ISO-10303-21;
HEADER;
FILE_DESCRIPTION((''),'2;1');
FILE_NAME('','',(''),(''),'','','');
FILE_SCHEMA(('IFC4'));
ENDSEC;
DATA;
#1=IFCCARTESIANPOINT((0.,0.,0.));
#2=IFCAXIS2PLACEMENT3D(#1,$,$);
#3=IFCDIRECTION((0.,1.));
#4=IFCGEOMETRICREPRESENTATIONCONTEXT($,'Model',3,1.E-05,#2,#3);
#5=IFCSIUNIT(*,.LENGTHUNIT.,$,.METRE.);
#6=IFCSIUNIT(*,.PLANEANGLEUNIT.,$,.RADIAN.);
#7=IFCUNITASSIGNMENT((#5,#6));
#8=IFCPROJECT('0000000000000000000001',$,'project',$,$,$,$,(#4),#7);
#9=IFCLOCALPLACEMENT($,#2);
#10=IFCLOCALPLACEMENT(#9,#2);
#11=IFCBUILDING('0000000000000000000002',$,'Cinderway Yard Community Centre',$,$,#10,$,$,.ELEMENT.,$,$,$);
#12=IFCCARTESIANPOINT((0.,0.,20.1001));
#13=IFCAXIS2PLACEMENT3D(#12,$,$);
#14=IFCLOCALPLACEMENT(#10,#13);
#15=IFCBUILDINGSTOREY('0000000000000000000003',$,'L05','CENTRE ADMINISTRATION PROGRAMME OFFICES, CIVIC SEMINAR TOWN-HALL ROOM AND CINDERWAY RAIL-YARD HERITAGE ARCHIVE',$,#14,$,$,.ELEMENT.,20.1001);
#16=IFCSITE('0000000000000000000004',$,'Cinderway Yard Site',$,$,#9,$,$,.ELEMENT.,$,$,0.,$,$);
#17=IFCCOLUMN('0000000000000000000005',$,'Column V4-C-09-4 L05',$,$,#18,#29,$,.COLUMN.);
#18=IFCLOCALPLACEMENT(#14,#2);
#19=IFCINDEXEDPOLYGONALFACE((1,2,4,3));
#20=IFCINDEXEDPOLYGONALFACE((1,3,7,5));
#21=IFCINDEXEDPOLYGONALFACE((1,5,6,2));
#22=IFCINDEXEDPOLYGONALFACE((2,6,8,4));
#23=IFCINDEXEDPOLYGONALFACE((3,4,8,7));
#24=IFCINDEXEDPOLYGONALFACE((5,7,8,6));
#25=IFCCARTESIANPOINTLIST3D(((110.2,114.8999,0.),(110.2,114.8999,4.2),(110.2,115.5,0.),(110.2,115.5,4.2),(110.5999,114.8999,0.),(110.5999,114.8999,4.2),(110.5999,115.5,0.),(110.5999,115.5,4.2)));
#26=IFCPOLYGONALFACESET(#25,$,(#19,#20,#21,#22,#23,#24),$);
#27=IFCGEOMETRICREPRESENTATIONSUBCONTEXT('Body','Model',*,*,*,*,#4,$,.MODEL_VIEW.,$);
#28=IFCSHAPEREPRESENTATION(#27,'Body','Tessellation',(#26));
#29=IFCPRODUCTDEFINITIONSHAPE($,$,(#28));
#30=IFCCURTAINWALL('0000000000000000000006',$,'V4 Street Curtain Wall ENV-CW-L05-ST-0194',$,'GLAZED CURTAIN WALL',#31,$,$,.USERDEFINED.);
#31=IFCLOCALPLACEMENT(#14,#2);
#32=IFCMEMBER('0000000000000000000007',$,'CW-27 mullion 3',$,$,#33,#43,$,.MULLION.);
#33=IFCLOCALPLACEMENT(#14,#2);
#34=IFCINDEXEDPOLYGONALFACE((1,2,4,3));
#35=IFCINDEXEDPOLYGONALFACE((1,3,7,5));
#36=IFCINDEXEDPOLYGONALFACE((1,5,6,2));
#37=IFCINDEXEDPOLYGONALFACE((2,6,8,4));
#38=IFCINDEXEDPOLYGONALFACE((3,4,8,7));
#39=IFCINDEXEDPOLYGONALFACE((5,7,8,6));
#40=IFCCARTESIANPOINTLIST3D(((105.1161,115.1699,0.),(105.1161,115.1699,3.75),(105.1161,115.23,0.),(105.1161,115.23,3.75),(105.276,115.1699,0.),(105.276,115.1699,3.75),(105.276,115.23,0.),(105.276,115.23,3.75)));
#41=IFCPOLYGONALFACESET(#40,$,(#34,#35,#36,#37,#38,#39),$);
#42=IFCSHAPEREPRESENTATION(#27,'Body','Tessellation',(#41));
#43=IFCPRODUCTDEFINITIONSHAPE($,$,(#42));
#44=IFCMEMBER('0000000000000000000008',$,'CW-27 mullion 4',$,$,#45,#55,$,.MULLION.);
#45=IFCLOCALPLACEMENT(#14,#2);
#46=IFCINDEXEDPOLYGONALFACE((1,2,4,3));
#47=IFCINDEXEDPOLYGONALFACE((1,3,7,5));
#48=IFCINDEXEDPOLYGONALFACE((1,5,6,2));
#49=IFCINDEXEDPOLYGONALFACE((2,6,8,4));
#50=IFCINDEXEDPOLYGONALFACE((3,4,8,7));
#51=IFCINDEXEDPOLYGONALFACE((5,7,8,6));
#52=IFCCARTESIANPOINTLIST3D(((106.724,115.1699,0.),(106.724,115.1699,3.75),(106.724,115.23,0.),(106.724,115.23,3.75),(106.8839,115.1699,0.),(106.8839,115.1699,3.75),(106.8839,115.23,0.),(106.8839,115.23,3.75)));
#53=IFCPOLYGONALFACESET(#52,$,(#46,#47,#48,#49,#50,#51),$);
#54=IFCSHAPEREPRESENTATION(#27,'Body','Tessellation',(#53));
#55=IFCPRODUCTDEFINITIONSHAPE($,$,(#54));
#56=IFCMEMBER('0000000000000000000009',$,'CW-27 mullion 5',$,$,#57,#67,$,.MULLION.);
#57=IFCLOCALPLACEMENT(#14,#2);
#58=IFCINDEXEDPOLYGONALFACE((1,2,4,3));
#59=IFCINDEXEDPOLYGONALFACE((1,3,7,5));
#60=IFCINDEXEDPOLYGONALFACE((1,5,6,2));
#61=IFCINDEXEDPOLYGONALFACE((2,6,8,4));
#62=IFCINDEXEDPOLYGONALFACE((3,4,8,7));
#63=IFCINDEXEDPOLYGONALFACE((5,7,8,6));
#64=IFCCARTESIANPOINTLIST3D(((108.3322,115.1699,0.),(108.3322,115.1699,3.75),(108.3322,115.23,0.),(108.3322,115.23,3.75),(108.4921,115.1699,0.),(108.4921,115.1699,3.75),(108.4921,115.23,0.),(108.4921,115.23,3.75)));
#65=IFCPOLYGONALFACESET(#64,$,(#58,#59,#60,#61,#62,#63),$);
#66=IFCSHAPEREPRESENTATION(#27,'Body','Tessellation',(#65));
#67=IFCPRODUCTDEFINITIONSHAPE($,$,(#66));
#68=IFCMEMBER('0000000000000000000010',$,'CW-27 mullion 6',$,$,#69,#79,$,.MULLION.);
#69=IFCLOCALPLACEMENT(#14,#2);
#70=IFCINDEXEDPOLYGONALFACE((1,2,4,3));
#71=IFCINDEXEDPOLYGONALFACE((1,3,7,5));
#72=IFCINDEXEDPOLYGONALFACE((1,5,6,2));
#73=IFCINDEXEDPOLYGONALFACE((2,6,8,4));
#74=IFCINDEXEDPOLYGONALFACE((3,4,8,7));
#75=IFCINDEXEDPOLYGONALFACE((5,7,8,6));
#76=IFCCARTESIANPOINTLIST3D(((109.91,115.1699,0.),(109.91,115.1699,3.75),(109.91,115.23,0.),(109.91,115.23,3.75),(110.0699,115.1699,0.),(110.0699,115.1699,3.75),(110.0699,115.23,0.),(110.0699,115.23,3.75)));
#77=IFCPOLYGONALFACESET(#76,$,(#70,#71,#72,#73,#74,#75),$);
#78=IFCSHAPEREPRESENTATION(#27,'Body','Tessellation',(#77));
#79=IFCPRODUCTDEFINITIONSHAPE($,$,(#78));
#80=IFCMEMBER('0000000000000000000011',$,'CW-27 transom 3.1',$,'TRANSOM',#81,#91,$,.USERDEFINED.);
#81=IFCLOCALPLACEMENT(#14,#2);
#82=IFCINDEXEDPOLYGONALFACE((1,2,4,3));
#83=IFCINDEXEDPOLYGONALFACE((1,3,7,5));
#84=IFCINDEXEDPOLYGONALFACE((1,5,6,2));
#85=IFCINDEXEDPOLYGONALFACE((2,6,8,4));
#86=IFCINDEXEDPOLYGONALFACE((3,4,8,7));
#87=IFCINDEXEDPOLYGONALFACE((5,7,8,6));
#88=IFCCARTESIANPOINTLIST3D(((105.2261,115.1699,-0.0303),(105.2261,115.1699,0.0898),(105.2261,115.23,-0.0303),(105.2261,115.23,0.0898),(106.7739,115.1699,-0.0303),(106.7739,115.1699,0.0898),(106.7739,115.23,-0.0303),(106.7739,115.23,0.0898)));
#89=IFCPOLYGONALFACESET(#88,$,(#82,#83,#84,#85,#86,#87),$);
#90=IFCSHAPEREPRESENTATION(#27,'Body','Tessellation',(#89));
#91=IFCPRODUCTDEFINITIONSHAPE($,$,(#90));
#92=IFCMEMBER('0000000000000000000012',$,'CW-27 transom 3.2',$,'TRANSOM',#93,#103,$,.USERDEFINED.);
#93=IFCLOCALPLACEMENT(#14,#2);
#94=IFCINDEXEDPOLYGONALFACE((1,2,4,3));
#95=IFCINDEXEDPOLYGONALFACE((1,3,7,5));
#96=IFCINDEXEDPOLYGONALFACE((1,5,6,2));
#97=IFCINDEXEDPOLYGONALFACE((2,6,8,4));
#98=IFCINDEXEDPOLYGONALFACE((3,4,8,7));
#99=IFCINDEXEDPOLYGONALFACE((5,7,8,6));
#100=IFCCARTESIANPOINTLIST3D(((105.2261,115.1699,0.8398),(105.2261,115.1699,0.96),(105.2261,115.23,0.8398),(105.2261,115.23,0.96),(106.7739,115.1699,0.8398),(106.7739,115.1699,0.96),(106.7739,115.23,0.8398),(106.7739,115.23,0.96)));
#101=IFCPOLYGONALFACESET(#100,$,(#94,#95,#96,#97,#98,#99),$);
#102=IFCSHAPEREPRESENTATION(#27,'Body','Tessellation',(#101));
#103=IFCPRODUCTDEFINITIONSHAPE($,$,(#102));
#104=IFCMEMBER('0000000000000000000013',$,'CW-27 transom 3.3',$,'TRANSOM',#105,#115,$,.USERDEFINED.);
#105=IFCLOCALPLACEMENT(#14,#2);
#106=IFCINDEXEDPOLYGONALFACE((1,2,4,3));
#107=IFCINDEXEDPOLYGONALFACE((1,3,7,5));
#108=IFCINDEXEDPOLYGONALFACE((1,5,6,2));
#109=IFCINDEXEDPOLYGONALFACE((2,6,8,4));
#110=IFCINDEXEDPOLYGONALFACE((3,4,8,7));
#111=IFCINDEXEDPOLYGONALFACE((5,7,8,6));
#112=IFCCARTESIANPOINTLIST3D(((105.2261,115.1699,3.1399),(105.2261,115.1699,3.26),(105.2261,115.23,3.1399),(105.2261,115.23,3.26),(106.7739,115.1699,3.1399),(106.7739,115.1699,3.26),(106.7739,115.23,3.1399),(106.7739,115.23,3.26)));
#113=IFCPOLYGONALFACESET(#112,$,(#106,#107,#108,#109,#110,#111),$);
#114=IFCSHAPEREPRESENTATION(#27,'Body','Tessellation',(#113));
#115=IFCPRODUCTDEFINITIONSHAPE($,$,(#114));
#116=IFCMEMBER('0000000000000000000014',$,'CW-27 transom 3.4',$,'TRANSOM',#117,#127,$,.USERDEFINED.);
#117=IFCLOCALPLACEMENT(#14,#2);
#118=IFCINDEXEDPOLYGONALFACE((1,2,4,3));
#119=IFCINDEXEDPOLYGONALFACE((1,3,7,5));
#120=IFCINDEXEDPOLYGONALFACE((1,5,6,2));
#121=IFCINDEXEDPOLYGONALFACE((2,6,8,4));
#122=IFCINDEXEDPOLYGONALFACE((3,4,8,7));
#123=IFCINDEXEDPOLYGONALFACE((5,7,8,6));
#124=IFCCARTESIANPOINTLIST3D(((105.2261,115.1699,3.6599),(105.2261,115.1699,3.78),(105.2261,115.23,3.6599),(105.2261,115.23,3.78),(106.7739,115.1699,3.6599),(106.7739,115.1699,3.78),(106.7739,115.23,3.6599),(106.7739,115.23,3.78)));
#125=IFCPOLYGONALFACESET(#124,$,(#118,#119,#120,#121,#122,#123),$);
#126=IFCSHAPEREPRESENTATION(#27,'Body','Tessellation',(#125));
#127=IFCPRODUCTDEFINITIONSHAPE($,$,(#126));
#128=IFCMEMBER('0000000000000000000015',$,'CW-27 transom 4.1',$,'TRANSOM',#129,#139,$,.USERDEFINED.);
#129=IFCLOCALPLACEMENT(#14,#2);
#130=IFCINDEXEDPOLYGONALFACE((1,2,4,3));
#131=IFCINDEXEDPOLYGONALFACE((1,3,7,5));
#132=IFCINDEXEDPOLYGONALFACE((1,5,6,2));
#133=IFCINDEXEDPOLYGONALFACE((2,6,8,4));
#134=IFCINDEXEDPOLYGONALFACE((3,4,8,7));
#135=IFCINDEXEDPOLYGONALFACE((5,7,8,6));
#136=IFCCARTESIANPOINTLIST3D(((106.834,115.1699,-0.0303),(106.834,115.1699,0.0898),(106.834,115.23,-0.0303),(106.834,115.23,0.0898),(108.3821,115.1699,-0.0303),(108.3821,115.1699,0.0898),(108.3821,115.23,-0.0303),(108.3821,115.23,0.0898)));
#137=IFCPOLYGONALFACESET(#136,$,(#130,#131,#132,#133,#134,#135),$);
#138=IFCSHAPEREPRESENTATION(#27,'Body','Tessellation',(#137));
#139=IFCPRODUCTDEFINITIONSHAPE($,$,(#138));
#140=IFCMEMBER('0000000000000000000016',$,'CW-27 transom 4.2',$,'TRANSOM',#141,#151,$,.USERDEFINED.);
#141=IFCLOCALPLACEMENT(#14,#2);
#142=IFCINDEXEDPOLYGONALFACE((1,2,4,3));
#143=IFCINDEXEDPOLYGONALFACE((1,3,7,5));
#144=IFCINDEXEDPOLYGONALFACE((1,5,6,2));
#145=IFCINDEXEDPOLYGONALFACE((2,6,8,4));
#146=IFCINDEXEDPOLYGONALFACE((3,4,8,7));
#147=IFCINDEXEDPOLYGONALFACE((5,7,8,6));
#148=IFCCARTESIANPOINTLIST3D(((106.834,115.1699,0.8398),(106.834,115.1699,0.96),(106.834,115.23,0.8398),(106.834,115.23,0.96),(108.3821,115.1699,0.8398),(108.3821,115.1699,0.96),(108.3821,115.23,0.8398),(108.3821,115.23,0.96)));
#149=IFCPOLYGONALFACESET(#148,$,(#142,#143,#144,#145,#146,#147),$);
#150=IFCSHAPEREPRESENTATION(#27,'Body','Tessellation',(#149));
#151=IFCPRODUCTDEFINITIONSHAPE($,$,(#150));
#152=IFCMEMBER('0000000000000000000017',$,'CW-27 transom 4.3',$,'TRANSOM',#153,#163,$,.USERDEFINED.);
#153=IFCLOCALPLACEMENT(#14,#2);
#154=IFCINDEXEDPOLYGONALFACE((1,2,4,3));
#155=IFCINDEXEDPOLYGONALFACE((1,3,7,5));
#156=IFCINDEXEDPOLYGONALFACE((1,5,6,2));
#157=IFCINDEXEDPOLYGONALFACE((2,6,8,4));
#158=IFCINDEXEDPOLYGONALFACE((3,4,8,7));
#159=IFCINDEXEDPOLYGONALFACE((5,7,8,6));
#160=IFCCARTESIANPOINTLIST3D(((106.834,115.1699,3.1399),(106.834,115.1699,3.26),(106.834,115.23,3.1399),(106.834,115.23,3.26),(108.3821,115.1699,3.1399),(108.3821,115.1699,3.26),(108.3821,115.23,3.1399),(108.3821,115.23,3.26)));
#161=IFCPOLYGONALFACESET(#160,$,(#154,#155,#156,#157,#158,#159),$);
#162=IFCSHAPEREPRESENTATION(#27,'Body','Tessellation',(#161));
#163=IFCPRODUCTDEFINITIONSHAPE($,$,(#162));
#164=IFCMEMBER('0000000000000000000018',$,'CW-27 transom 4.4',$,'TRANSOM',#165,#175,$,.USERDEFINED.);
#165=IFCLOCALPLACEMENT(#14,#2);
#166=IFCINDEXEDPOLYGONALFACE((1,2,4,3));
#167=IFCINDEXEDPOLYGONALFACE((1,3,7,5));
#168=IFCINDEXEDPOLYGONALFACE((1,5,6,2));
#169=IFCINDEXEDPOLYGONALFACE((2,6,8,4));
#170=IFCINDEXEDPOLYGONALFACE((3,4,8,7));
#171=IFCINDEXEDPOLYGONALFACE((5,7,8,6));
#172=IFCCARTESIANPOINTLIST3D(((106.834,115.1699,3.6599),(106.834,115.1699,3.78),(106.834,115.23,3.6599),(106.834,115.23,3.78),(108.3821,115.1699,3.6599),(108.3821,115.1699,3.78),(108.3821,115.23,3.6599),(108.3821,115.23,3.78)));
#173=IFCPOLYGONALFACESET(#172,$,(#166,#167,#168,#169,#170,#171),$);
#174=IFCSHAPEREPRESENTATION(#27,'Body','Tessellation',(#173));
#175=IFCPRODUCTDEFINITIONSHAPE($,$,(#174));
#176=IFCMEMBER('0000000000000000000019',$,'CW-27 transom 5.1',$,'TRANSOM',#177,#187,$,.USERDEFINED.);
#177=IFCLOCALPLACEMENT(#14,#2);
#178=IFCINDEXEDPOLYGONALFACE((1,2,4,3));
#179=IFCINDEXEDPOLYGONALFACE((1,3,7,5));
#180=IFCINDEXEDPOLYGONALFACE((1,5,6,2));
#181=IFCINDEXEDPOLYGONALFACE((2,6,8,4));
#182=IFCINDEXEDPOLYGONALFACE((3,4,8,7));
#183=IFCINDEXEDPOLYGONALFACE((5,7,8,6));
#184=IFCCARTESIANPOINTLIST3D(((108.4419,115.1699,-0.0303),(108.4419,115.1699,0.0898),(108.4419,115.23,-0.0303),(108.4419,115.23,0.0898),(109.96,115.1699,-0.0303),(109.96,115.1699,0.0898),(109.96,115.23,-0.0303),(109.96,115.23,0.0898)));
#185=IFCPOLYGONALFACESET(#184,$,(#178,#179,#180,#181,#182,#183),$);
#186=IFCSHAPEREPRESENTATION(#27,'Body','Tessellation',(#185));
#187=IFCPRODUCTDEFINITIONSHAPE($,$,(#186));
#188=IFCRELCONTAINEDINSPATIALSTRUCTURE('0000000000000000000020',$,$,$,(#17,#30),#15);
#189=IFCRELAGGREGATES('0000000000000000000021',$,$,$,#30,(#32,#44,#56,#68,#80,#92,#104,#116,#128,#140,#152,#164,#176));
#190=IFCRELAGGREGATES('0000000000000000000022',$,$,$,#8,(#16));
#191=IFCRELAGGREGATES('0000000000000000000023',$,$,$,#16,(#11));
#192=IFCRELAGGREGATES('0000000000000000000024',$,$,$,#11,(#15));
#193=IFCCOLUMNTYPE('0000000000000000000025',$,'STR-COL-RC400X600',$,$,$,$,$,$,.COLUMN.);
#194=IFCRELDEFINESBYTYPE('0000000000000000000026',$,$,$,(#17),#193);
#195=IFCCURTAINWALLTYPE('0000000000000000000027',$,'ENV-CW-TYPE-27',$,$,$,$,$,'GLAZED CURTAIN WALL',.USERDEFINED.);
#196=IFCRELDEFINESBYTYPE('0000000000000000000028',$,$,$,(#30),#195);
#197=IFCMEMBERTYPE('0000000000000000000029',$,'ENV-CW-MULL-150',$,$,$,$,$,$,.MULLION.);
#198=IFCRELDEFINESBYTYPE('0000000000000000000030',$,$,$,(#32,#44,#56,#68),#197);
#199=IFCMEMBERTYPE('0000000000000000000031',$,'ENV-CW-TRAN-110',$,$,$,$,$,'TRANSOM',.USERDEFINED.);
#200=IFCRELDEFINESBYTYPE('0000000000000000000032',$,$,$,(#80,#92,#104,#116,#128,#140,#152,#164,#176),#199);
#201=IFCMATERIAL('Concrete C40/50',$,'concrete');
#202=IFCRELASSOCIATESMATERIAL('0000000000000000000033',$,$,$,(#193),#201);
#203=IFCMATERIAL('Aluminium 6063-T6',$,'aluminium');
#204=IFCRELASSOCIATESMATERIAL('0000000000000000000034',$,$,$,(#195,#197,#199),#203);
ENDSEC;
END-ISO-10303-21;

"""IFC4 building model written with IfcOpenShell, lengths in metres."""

from ifc_helpers import new_model, si_unit, direction, frame, origin, origin_2d, place, context, subcontext, project, spatial, rectangle, extrude, material, material_profile, profile_set, type_object, element, aggregate, save


model = new_model("IFC4")

# Units and contexts
model_context = context("Model", 3, precision=1e-05, world=origin(), true_north=direction((0.0, 1.0)))
body_context = subcontext(model_context, "Body", "Model", "MODEL_VIEW")
ifc_project = project(units=[si_unit("LENGTHUNIT", "METRE"), si_unit("PLANEANGLEUNIT", "RADIAN")], contexts=[model_context])

# Site, building, storey
site_placement = place(None, origin())
site = spatial("IfcSite", under=ifc_project, at=site_placement, Name="Cinderway Yard Site", CompositionType="ELEMENT", RefElevation=0.0)
building_placement = place(site_placement, origin())
building = spatial("IfcBuilding", under=site, at=building_placement, Name="Cinderway Yard Community Centre", CompositionType="ELEMENT")
storey_placement = place(building_placement, frame((0.0, 0.0, 20.1001)))
storey = spatial("IfcBuildingStorey", under=building, at=storey_placement, Name="L05", Description="CENTRE ADMINISTRATION PROGRAMME OFFICES, CIVIC SEMINAR TOWN-HALL ROOM AND CINDERWAY RAIL-YARD HERITAGE ARCHIVE", CompositionType="ELEMENT", Elevation=20.1001)

# Column
ifc_material_1 = material(Name="Concrete C40/50", Category="concrete")
ifc_material_profile_1 = material_profile(ifc_material_1, rectangle(XDim=0.3999, YDim=0.6001, at=origin_2d()), Name="Concrete C40/50")
ifc_profile_set_1 = profile_set([ifc_material_profile_1], Name="Concrete C40/50")
column_type = type_object("IfcColumnType", Name="STR-COL-RC400X600", PredefinedType="COLUMN", material=ifc_profile_set_1)
column_placement = place(storey_placement, frame((110.3999, 115.2, 0.0), z_axis=(0.0, 0.0, 1.0), x_axis=(1.0, 0.0, 0.0)))
element("IfcColumn", 1, at=column_placement, inside=storey, type_object=column_type, Name="Column V4-C-09-4 L05", PredefinedType="COLUMN", context=body_context, shape_type="SweptSolid", body=[
    extrude(rectangle(XDim=0.3999, YDim=0.6001, at=origin_2d()), origin(), (0.0, 0.0, 1.0), 4.2),
])

# Curtain wall, members
ifc_material_2 = material(Name="Aluminium 6063-T6", Category="aluminium")
curtain_wall_type = type_object("IfcCurtainWallType", Name="ENV-CW-TYPE-27", ElementType="GLAZED CURTAIN WALL", PredefinedType="USERDEFINED", material=ifc_material_2)
curtain_wall_placement = place(storey_placement, origin())
curtain_wall = element("IfcCurtainWall", 2, at=curtain_wall_placement, inside=storey, type_object=curtain_wall_type, Name="V4 Street Curtain Wall ENV-CW-L05-ST-0194", ObjectType="GLAZED CURTAIN WALL", PredefinedType="USERDEFINED")
ifc_material_profile_2 = material_profile(ifc_material_2, rectangle(XDim=0.0601, YDim=0.1599, at=origin_2d()), Name="Aluminium 6063-T6")
ifc_profile_set_2 = profile_set([ifc_material_profile_2], Name="Aluminium 6063-T6")
member_type_1 = type_object("IfcMemberType", Name="ENV-CW-MULL-150", PredefinedType="MULLION", material=ifc_profile_set_2)
member_1_placement = place(storey_placement, frame((105.196, 115.2, 0.0), z_axis=(0.0, 0.0, 1.0), x_axis=(0.0, 1.0, 0.0)))
member_1 = element("IfcMember", 3, at=member_1_placement, type_object=member_type_1, Name="CW-27 mullion 3", PredefinedType="MULLION", context=body_context, shape_type="SweptSolid", body=[
    extrude(rectangle(XDim=0.0601, YDim=0.1599, at=origin_2d()), origin(), (0.0, 0.0, 1.0), 3.75),
])
member_2_placement = place(storey_placement, frame((106.804, 115.2, 0.0), z_axis=(0.0, 0.0, 1.0), x_axis=(0.0, 1.0, 0.0)))
member_2 = element("IfcMember", 4, at=member_2_placement, type_object=member_type_1, Name="CW-27 mullion 4", PredefinedType="MULLION", context=body_context, shape_type="SweptSolid", body=[
    extrude(rectangle(XDim=0.0601, YDim=0.1599, at=origin_2d()), origin(), (0.0, 0.0, 1.0), 3.75),
])
member_3_placement = place(storey_placement, frame((108.4121, 115.2, 0.0), z_axis=(0.0, 0.0, 1.0), x_axis=(0.0, 1.0, 0.0)))
member_3 = element("IfcMember", 5, at=member_3_placement, type_object=member_type_1, Name="CW-27 mullion 5", PredefinedType="MULLION", context=body_context, shape_type="SweptSolid", body=[
    extrude(rectangle(XDim=0.0601, YDim=0.1599, at=origin_2d()), origin(), (0.0, 0.0, 1.0), 3.75),
])
member_4_placement = place(storey_placement, frame((109.99, 115.2, 0.0), z_axis=(0.0, 0.0, 1.0), x_axis=(0.0, 1.0, 0.0)))
member_4 = element("IfcMember", 6, at=member_4_placement, type_object=member_type_1, Name="CW-27 mullion 6", PredefinedType="MULLION", context=body_context, shape_type="SweptSolid", body=[
    extrude(rectangle(XDim=0.0601, YDim=0.1599, at=origin_2d()), origin(), (0.0, 0.0, 1.0), 3.75),
])
ifc_material_profile_3 = material_profile(ifc_material_2, rectangle(XDim=0.0601, YDim=0.1201, at=origin_2d()), Name="Aluminium 6063-T6")
ifc_profile_set_3 = profile_set([ifc_material_profile_3], Name="Aluminium 6063-T6")
member_type_2 = type_object("IfcMemberType", Name="ENV-CW-TRAN-110", ElementType="TRANSOM", PredefinedType="USERDEFINED", material=ifc_profile_set_3)
member_5_placement = place(storey_placement, frame((105.2261, 115.2, 0.0298), z_axis=(1.0, 0.0, 0.0), x_axis=(0.0, 1.0, 0.0)))
member_5 = element("IfcMember", 7, at=member_5_placement, type_object=member_type_2, Name="CW-27 transom 3.1", ObjectType="TRANSOM", PredefinedType="USERDEFINED", context=body_context, shape_type="SweptSolid", body=[
    extrude(rectangle(XDim=0.0601, YDim=0.1201, at=origin_2d()), origin(), (0.0, 0.0, 1.0), 1.5479),
])
member_6_placement = place(storey_placement, frame((105.2261, 115.2, 0.8999), z_axis=(1.0, 0.0, 0.0), x_axis=(0.0, 1.0, 0.0)))
member_6 = element("IfcMember", 8, at=member_6_placement, type_object=member_type_2, Name="CW-27 transom 3.2", ObjectType="TRANSOM", PredefinedType="USERDEFINED", context=body_context, shape_type="SweptSolid", body=[
    extrude(rectangle(XDim=0.0601, YDim=0.1201, at=origin_2d()), origin(), (0.0, 0.0, 1.0), 1.5479),
])
member_7_placement = place(storey_placement, frame((105.2261, 115.2, 3.2), z_axis=(1.0, 0.0, 0.0), x_axis=(0.0, 1.0, 0.0)))
member_7 = element("IfcMember", 9, at=member_7_placement, type_object=member_type_2, Name="CW-27 transom 3.3", ObjectType="TRANSOM", PredefinedType="USERDEFINED", context=body_context, shape_type="SweptSolid", body=[
    extrude(rectangle(XDim=0.0601, YDim=0.1201, at=origin_2d()), origin(), (0.0, 0.0, 1.0), 1.5479),
])
member_8_placement = place(storey_placement, frame((105.2261, 115.2, 3.72), z_axis=(1.0, 0.0, 0.0), x_axis=(0.0, 1.0, 0.0)))
member_8 = element("IfcMember", 10, at=member_8_placement, type_object=member_type_2, Name="CW-27 transom 3.4", ObjectType="TRANSOM", PredefinedType="USERDEFINED", context=body_context, shape_type="SweptSolid", body=[
    extrude(rectangle(XDim=0.0601, YDim=0.1201, at=origin_2d()), origin(), (0.0, 0.0, 1.0), 1.5479),
])
member_9_placement = place(storey_placement, frame((106.834, 115.2, 0.0298), z_axis=(1.0, 0.0, 0.0), x_axis=(0.0, 1.0, 0.0)))
member_9 = element("IfcMember", 11, at=member_9_placement, type_object=member_type_2, Name="CW-27 transom 4.1", ObjectType="TRANSOM", PredefinedType="USERDEFINED", context=body_context, shape_type="SweptSolid", body=[
    extrude(rectangle(XDim=0.0601, YDim=0.1201, at=origin_2d()), origin(), (0.0, 0.0, 1.0), 1.5481),
])
member_10_placement = place(storey_placement, frame((106.834, 115.2, 0.8999), z_axis=(1.0, 0.0, 0.0), x_axis=(0.0, 1.0, 0.0)))
member_10 = element("IfcMember", 12, at=member_10_placement, type_object=member_type_2, Name="CW-27 transom 4.2", ObjectType="TRANSOM", PredefinedType="USERDEFINED", context=body_context, shape_type="SweptSolid", body=[
    extrude(rectangle(XDim=0.0601, YDim=0.1201, at=origin_2d()), origin(), (0.0, 0.0, 1.0), 1.5481),
])
member_11_placement = place(storey_placement, frame((106.834, 115.2, 3.2), z_axis=(1.0, 0.0, 0.0), x_axis=(0.0, 1.0, 0.0)))
member_11 = element("IfcMember", 13, at=member_11_placement, type_object=member_type_2, Name="CW-27 transom 4.3", ObjectType="TRANSOM", PredefinedType="USERDEFINED", context=body_context, shape_type="SweptSolid", body=[
    extrude(rectangle(XDim=0.0601, YDim=0.1201, at=origin_2d()), origin(), (0.0, 0.0, 1.0), 1.5481),
])
member_12_placement = place(storey_placement, frame((106.834, 115.2, 3.72), z_axis=(1.0, 0.0, 0.0), x_axis=(0.0, 1.0, 0.0)))
member_12 = element("IfcMember", 14, at=member_12_placement, type_object=member_type_2, Name="CW-27 transom 4.4", ObjectType="TRANSOM", PredefinedType="USERDEFINED", context=body_context, shape_type="SweptSolid", body=[
    extrude(rectangle(XDim=0.0601, YDim=0.1201, at=origin_2d()), origin(), (0.0, 0.0, 1.0), 1.5481),
])
member_13_placement = place(storey_placement, frame((108.4419, 115.2, 0.0298), z_axis=(1.0, 0.0, 0.0), x_axis=(0.0, 1.0, 0.0)))
member_13 = element("IfcMember", 15, at=member_13_placement, type_object=member_type_2, Name="CW-27 transom 5.1", ObjectType="TRANSOM", PredefinedType="USERDEFINED", context=body_context, shape_type="SweptSolid", body=[
    extrude(rectangle(XDim=0.0601, YDim=0.1201, at=origin_2d()), origin(), (0.0, 0.0, 1.0), 1.5181),
])

aggregate(curtain_wall, [member_1, member_2, member_3, member_4, member_5, member_6, member_7, member_8, member_9, member_10, member_11, member_12, member_13])

save(model, "model.ifc")
